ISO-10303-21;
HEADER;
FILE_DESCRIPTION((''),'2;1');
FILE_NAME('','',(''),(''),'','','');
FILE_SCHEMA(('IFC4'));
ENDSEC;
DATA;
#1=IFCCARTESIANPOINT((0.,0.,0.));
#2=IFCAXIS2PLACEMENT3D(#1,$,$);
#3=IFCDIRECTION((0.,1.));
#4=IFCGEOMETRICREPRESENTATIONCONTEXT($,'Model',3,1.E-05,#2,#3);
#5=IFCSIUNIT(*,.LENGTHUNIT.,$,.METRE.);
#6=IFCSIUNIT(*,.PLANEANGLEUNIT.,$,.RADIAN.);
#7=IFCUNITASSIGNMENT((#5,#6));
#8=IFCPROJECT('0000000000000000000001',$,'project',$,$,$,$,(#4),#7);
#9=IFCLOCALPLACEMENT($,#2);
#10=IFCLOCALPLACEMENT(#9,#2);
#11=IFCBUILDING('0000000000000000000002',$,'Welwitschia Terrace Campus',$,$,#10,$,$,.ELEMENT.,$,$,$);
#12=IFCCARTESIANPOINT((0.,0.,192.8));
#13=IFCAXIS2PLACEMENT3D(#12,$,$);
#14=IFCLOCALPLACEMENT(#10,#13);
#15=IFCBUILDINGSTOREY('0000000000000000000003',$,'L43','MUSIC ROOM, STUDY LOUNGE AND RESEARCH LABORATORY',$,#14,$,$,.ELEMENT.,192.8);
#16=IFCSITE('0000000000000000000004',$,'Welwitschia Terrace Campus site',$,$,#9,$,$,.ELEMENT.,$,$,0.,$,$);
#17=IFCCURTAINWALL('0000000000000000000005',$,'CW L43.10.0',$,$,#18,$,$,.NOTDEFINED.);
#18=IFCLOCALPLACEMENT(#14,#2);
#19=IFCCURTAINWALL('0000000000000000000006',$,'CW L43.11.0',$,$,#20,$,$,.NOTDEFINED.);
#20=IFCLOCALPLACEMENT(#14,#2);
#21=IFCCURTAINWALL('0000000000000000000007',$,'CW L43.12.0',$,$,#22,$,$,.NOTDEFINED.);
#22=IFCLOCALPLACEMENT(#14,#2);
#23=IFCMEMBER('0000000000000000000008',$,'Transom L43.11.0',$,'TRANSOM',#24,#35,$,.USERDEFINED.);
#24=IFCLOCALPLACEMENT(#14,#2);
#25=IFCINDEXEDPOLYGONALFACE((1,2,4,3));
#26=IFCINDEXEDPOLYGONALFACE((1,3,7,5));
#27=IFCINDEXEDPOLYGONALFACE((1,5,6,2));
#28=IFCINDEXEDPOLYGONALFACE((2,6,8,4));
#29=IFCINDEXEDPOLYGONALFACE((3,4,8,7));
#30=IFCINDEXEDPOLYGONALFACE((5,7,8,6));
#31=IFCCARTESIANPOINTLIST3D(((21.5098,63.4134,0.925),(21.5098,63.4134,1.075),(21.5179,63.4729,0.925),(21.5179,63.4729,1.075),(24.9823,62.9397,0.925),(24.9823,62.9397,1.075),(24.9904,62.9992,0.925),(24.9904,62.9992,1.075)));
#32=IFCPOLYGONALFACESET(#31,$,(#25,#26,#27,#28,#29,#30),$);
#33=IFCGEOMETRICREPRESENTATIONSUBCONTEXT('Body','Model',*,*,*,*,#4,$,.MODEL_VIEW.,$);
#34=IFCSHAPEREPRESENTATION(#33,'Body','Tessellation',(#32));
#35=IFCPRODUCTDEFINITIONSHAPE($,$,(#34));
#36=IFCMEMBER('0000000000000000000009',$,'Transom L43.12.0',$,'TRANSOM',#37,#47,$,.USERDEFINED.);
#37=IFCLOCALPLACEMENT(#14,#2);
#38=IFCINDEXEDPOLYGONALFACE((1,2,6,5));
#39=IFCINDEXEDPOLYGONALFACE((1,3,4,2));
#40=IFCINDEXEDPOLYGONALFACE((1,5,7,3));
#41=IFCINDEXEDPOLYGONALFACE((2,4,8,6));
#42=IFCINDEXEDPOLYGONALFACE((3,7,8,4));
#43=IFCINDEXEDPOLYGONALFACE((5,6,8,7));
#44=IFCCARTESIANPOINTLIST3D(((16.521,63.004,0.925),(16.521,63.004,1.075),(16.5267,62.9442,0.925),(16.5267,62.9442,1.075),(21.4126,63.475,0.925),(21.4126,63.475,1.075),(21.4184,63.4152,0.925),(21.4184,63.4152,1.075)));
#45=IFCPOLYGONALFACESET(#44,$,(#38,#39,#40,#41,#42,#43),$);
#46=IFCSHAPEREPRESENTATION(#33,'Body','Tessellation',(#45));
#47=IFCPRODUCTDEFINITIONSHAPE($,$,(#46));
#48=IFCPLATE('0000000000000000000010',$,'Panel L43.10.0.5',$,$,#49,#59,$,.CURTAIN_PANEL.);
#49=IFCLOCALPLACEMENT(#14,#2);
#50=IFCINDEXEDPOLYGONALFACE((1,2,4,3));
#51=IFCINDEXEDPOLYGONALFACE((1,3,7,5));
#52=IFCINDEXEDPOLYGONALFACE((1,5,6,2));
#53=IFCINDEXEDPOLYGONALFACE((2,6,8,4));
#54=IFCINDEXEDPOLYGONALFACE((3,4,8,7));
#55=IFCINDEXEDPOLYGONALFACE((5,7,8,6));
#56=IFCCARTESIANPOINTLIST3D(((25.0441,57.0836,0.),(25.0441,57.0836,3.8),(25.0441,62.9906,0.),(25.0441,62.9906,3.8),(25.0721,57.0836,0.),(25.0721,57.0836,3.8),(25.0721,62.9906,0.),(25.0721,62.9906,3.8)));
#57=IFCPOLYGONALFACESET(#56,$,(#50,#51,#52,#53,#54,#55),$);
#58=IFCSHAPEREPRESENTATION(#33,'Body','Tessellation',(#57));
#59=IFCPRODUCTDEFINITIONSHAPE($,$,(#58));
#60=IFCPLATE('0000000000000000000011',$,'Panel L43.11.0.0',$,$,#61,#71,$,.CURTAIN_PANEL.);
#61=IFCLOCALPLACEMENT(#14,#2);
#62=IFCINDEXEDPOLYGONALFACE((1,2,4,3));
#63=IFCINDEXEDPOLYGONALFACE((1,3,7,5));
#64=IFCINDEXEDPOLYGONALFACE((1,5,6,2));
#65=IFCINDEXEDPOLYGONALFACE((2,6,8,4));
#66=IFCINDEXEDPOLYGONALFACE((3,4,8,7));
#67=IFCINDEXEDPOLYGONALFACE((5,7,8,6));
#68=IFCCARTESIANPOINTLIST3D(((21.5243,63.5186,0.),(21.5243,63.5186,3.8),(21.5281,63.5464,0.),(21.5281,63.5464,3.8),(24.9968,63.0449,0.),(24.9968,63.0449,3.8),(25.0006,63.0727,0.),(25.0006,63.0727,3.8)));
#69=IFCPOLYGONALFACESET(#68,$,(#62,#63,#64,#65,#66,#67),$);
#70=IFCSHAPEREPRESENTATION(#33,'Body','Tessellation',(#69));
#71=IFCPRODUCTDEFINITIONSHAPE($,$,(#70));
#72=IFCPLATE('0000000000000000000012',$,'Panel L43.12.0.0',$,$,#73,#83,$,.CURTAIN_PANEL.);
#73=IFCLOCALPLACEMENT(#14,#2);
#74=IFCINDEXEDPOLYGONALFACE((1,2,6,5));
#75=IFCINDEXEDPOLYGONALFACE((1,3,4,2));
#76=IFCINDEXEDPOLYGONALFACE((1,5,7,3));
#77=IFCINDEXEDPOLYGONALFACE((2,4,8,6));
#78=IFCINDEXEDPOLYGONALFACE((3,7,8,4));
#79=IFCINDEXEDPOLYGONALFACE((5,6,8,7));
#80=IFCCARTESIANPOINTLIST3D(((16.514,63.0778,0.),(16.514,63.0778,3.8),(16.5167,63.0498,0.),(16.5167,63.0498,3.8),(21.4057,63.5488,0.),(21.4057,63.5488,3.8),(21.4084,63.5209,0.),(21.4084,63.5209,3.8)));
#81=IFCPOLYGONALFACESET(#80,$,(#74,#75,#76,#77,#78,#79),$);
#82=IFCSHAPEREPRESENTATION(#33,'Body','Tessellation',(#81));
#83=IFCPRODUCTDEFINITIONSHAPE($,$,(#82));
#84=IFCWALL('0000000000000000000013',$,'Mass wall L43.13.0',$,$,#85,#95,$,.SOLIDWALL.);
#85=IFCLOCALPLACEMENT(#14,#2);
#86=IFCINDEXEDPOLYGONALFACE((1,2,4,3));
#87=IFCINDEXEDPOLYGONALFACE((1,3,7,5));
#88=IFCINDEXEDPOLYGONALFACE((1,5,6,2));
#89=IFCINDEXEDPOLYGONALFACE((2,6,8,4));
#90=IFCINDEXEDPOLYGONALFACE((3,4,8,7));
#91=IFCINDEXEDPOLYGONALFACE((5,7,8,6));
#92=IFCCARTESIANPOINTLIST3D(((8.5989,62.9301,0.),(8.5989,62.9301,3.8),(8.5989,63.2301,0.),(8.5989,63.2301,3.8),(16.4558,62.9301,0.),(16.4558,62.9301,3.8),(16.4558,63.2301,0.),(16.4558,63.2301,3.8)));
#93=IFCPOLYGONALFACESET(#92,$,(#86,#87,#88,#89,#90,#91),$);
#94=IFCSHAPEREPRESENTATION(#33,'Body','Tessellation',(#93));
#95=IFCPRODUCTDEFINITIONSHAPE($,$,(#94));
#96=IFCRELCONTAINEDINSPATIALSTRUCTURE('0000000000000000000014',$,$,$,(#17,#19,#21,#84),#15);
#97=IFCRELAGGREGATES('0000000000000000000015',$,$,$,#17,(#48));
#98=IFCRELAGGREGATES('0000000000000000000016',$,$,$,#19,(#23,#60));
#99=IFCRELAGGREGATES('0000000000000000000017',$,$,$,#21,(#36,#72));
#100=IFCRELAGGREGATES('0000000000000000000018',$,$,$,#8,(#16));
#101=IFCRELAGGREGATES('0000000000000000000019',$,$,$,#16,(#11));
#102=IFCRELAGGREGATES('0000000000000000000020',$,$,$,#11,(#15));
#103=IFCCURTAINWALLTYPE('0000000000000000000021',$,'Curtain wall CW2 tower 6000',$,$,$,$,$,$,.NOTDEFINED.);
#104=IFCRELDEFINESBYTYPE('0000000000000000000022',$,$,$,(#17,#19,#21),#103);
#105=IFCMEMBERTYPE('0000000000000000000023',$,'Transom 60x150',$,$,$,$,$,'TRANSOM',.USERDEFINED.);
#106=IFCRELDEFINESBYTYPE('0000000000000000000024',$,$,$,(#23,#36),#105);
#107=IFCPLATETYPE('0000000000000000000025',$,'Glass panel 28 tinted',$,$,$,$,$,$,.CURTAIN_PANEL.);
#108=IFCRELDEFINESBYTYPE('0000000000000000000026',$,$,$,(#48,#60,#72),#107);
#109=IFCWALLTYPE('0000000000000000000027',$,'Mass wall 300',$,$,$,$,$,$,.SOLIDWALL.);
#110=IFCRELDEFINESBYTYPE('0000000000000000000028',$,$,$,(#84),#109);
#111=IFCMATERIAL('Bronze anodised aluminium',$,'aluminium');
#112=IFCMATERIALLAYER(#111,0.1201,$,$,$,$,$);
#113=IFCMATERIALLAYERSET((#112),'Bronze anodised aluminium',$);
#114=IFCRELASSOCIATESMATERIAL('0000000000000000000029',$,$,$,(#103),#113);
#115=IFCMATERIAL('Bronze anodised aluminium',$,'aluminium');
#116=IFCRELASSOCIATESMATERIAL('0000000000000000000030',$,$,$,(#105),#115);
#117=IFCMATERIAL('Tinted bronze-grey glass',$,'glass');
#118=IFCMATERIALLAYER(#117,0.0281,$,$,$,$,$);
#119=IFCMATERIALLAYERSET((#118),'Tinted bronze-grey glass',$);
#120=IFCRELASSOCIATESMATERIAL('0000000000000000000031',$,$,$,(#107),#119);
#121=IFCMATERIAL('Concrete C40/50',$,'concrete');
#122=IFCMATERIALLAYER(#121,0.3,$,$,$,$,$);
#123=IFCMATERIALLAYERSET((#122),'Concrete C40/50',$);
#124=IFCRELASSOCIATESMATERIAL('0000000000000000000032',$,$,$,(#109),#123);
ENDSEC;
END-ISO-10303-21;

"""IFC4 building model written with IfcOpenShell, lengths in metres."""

from ifc_helpers import new_model, si_unit, direction, frame, frame_2d, origin, origin_2d, place, context, subcontext, project, spatial, rectangle, extrude, material, layer, layer_set, material_profile, profile_set, type_object, element, aggregate, save


model = new_model("IFC4")

# Units and contexts
model_context = context("Model", 3, precision=1e-05, world=origin(), true_north=direction((0.0, 1.0)))
body_context = subcontext(model_context, "Body", "Model", "MODEL_VIEW")
ifc_project = project(units=[si_unit("LENGTHUNIT", "METRE"), si_unit("PLANEANGLEUNIT", "RADIAN")], contexts=[model_context])

# Site, building, storey
site_placement = place(None, origin())
site = spatial("IfcSite", under=ifc_project, at=site_placement, Name="Welwitschia Terrace Campus site", CompositionType="ELEMENT", RefElevation=0.0)
building_placement = place(site_placement, origin())
building = spatial("IfcBuilding", under=site, at=building_placement, Name="Welwitschia Terrace Campus", CompositionType="ELEMENT")
storey_placement = place(building_placement, frame((0.0, 0.0, 192.8)))
storey = spatial("IfcBuildingStorey", under=building, at=storey_placement, Name="L43", Description="MUSIC ROOM, STUDY LOUNGE AND RESEARCH LABORATORY", CompositionType="ELEMENT", Elevation=192.8)

# Curtain walls
ifc_material_1 = material(Name="Bronze anodised aluminium", Category="aluminium")
ifc_layer_1 = layer(ifc_material_1, 0.1201)
ifc_layer_set_1 = layer_set([ifc_layer_1], Name="Bronze anodised aluminium")
curtain_wall_type = type_object("IfcCurtainWallType", Name="Curtain wall CW2 tower 6000", PredefinedType="NOTDEFINED", material=ifc_layer_set_1)
curtain_wall_1_placement = place(storey_placement, origin())
curtain_wall_1 = element("IfcCurtainWall", 1, at=curtain_wall_1_placement, inside=storey, type_object=curtain_wall_type, Name="CW L43.10.0", PredefinedType="NOTDEFINED")
curtain_wall_2_placement = place(storey_placement, origin())
curtain_wall_2 = element("IfcCurtainWall", 2, at=curtain_wall_2_placement, inside=storey, type_object=curtain_wall_type, Name="CW L43.11.0", PredefinedType="NOTDEFINED")
curtain_wall_3_placement = place(storey_placement, origin())
curtain_wall_3 = element("IfcCurtainWall", 3, at=curtain_wall_3_placement, inside=storey, type_object=curtain_wall_type, Name="CW L43.12.0", PredefinedType="NOTDEFINED")

# Members
ifc_material_2 = material(Name="Bronze anodised aluminium", Category="aluminium")
ifc_material_profile_1 = material_profile(ifc_material_2, rectangle(XDim=0.0601, YDim=0.1499, at=origin_2d()))
ifc_profile_set_1 = profile_set([ifc_material_profile_1], Name="Bronze anodised aluminium")
member_type_1 = type_object("IfcMemberType", Name="Transom 60x150", ElementType="TRANSOM", PredefinedType="USERDEFINED", material=ifc_profile_set_1)
member_1_placement = place(storey_placement, frame((24.9863, 62.9695, 1.0), z_axis=(-0.990826, 0.135147, 0.0), x_axis=(-0.135147, -0.990826, 0.0)))
member_1 = element("IfcMember", 4, at=member_1_placement, type_object=member_type_1, Name="Transom L43.11.0", ObjectType="TRANSOM", PredefinedType="USERDEFINED", context=body_context, shape_type="SweptSolid", body=[
    extrude(rectangle(XDim=0.0601, YDim=0.1499, at=origin_2d()), origin(), (0.0, 0.0, 1.0), 3.5046),
])
member_2_placement = place(storey_placement, frame((21.4155, 63.4451, 1.0), z_axis=(-0.995397, -0.095834, 0.0), x_axis=(0.095834, -0.995397, 0.0)))
member_2 = element("IfcMember", 5, at=member_2_placement, type_object=member_type_1, Name="Transom L43.12.0", ObjectType="TRANSOM", PredefinedType="USERDEFINED", context=body_context, shape_type="SweptSolid", body=[
    extrude(rectangle(XDim=0.0601, YDim=0.1499, at=origin_2d()), origin(), (0.0, 0.0, 1.0), 4.9143),
])

# Plates
ifc_material_3 = material(Name="Tinted bronze-grey glass", Category="glass")
ifc_layer_2 = layer(ifc_material_3, 0.0281)
ifc_layer_set_2 = layer_set([ifc_layer_2], Name="Tinted bronze-grey glass")
plate_type = type_object("IfcPlateType", Name="Glass panel 28 tinted", PredefinedType="CURTAIN_PANEL", material=ifc_layer_set_2)
plate_1_placement = place(storey_placement, frame((25.0581, 60.0371, 0.0), z_axis=(0.0, 0.0, 1.0), x_axis=(0.0, 1.0, 0.0)))
plate_1 = element("IfcPlate", 6, at=plate_1_placement, type_object=plate_type, Name="Panel L43.10.0.5", PredefinedType="CURTAIN_PANEL", context=body_context, shape_type="SweptSolid", body=[
    extrude(rectangle(XDim=5.907, YDim=0.0281, at=origin_2d()), origin(), (0.0, 0.0, 1.0), 3.8),
])
aggregate(curtain_wall_1, [plate_1])
plate_2_placement = place(storey_placement, frame((23.2625, 63.2957, 0.0), z_axis=(0.0, 0.0, 1.0), x_axis=(-0.990824, 0.135155, 0.0)))
plate_2 = element("IfcPlate", 7, at=plate_2_placement, type_object=plate_type, Name="Panel L43.11.0.0", PredefinedType="CURTAIN_PANEL", context=body_context, shape_type="SweptSolid", body=[
    extrude(rectangle(XDim=3.5046, YDim=0.0281, at=origin_2d()), origin(), (0.0, 0.0, 1.0), 3.8),
])
aggregate(curtain_wall_2, [member_1, plate_2])
plate_3_placement = place(storey_placement, frame((18.9612, 63.2993, 0.0), z_axis=(0.0, 0.0, 1.0), x_axis=(-0.995396, -0.095846, 0.0)))
plate_3 = element("IfcPlate", 8, at=plate_3_placement, type_object=plate_type, Name="Panel L43.12.0.0", PredefinedType="CURTAIN_PANEL", context=body_context, shape_type="SweptSolid", body=[
    extrude(rectangle(XDim=4.9143, YDim=0.0281, at=origin_2d()), origin(), (0.0, 0.0, 1.0), 3.8),
])
aggregate(curtain_wall_3, [member_2, plate_3])

# Wall
ifc_material_4 = material(Name="Concrete C40/50", Category="concrete")
ifc_layer_3 = layer(ifc_material_4, 0.3)
ifc_layer_set_3 = layer_set([ifc_layer_3], Name="Concrete C40/50")
wall_type = type_object("IfcWallType", Name="Mass wall 300", PredefinedType="SOLIDWALL", material=ifc_layer_set_3)
wall_placement = place(storey_placement, frame((16.4558, 63.0801, 0.0), z_axis=(0.0, 0.0, 1.0), x_axis=(-1.0, 0.0, 0.0)))
element("IfcWall", 9, at=wall_placement, inside=storey, type_object=wall_type, Name="Mass wall L43.13.0", PredefinedType="SOLIDWALL", context=body_context, shape_type="SweptSolid", body=[
    extrude(rectangle(XDim=7.8569, YDim=0.3, at=frame_2d((3.9285, 0.0))), origin(), (0.0, 0.0, 1.0), 3.8),
])

save(model, "model.ifc")
